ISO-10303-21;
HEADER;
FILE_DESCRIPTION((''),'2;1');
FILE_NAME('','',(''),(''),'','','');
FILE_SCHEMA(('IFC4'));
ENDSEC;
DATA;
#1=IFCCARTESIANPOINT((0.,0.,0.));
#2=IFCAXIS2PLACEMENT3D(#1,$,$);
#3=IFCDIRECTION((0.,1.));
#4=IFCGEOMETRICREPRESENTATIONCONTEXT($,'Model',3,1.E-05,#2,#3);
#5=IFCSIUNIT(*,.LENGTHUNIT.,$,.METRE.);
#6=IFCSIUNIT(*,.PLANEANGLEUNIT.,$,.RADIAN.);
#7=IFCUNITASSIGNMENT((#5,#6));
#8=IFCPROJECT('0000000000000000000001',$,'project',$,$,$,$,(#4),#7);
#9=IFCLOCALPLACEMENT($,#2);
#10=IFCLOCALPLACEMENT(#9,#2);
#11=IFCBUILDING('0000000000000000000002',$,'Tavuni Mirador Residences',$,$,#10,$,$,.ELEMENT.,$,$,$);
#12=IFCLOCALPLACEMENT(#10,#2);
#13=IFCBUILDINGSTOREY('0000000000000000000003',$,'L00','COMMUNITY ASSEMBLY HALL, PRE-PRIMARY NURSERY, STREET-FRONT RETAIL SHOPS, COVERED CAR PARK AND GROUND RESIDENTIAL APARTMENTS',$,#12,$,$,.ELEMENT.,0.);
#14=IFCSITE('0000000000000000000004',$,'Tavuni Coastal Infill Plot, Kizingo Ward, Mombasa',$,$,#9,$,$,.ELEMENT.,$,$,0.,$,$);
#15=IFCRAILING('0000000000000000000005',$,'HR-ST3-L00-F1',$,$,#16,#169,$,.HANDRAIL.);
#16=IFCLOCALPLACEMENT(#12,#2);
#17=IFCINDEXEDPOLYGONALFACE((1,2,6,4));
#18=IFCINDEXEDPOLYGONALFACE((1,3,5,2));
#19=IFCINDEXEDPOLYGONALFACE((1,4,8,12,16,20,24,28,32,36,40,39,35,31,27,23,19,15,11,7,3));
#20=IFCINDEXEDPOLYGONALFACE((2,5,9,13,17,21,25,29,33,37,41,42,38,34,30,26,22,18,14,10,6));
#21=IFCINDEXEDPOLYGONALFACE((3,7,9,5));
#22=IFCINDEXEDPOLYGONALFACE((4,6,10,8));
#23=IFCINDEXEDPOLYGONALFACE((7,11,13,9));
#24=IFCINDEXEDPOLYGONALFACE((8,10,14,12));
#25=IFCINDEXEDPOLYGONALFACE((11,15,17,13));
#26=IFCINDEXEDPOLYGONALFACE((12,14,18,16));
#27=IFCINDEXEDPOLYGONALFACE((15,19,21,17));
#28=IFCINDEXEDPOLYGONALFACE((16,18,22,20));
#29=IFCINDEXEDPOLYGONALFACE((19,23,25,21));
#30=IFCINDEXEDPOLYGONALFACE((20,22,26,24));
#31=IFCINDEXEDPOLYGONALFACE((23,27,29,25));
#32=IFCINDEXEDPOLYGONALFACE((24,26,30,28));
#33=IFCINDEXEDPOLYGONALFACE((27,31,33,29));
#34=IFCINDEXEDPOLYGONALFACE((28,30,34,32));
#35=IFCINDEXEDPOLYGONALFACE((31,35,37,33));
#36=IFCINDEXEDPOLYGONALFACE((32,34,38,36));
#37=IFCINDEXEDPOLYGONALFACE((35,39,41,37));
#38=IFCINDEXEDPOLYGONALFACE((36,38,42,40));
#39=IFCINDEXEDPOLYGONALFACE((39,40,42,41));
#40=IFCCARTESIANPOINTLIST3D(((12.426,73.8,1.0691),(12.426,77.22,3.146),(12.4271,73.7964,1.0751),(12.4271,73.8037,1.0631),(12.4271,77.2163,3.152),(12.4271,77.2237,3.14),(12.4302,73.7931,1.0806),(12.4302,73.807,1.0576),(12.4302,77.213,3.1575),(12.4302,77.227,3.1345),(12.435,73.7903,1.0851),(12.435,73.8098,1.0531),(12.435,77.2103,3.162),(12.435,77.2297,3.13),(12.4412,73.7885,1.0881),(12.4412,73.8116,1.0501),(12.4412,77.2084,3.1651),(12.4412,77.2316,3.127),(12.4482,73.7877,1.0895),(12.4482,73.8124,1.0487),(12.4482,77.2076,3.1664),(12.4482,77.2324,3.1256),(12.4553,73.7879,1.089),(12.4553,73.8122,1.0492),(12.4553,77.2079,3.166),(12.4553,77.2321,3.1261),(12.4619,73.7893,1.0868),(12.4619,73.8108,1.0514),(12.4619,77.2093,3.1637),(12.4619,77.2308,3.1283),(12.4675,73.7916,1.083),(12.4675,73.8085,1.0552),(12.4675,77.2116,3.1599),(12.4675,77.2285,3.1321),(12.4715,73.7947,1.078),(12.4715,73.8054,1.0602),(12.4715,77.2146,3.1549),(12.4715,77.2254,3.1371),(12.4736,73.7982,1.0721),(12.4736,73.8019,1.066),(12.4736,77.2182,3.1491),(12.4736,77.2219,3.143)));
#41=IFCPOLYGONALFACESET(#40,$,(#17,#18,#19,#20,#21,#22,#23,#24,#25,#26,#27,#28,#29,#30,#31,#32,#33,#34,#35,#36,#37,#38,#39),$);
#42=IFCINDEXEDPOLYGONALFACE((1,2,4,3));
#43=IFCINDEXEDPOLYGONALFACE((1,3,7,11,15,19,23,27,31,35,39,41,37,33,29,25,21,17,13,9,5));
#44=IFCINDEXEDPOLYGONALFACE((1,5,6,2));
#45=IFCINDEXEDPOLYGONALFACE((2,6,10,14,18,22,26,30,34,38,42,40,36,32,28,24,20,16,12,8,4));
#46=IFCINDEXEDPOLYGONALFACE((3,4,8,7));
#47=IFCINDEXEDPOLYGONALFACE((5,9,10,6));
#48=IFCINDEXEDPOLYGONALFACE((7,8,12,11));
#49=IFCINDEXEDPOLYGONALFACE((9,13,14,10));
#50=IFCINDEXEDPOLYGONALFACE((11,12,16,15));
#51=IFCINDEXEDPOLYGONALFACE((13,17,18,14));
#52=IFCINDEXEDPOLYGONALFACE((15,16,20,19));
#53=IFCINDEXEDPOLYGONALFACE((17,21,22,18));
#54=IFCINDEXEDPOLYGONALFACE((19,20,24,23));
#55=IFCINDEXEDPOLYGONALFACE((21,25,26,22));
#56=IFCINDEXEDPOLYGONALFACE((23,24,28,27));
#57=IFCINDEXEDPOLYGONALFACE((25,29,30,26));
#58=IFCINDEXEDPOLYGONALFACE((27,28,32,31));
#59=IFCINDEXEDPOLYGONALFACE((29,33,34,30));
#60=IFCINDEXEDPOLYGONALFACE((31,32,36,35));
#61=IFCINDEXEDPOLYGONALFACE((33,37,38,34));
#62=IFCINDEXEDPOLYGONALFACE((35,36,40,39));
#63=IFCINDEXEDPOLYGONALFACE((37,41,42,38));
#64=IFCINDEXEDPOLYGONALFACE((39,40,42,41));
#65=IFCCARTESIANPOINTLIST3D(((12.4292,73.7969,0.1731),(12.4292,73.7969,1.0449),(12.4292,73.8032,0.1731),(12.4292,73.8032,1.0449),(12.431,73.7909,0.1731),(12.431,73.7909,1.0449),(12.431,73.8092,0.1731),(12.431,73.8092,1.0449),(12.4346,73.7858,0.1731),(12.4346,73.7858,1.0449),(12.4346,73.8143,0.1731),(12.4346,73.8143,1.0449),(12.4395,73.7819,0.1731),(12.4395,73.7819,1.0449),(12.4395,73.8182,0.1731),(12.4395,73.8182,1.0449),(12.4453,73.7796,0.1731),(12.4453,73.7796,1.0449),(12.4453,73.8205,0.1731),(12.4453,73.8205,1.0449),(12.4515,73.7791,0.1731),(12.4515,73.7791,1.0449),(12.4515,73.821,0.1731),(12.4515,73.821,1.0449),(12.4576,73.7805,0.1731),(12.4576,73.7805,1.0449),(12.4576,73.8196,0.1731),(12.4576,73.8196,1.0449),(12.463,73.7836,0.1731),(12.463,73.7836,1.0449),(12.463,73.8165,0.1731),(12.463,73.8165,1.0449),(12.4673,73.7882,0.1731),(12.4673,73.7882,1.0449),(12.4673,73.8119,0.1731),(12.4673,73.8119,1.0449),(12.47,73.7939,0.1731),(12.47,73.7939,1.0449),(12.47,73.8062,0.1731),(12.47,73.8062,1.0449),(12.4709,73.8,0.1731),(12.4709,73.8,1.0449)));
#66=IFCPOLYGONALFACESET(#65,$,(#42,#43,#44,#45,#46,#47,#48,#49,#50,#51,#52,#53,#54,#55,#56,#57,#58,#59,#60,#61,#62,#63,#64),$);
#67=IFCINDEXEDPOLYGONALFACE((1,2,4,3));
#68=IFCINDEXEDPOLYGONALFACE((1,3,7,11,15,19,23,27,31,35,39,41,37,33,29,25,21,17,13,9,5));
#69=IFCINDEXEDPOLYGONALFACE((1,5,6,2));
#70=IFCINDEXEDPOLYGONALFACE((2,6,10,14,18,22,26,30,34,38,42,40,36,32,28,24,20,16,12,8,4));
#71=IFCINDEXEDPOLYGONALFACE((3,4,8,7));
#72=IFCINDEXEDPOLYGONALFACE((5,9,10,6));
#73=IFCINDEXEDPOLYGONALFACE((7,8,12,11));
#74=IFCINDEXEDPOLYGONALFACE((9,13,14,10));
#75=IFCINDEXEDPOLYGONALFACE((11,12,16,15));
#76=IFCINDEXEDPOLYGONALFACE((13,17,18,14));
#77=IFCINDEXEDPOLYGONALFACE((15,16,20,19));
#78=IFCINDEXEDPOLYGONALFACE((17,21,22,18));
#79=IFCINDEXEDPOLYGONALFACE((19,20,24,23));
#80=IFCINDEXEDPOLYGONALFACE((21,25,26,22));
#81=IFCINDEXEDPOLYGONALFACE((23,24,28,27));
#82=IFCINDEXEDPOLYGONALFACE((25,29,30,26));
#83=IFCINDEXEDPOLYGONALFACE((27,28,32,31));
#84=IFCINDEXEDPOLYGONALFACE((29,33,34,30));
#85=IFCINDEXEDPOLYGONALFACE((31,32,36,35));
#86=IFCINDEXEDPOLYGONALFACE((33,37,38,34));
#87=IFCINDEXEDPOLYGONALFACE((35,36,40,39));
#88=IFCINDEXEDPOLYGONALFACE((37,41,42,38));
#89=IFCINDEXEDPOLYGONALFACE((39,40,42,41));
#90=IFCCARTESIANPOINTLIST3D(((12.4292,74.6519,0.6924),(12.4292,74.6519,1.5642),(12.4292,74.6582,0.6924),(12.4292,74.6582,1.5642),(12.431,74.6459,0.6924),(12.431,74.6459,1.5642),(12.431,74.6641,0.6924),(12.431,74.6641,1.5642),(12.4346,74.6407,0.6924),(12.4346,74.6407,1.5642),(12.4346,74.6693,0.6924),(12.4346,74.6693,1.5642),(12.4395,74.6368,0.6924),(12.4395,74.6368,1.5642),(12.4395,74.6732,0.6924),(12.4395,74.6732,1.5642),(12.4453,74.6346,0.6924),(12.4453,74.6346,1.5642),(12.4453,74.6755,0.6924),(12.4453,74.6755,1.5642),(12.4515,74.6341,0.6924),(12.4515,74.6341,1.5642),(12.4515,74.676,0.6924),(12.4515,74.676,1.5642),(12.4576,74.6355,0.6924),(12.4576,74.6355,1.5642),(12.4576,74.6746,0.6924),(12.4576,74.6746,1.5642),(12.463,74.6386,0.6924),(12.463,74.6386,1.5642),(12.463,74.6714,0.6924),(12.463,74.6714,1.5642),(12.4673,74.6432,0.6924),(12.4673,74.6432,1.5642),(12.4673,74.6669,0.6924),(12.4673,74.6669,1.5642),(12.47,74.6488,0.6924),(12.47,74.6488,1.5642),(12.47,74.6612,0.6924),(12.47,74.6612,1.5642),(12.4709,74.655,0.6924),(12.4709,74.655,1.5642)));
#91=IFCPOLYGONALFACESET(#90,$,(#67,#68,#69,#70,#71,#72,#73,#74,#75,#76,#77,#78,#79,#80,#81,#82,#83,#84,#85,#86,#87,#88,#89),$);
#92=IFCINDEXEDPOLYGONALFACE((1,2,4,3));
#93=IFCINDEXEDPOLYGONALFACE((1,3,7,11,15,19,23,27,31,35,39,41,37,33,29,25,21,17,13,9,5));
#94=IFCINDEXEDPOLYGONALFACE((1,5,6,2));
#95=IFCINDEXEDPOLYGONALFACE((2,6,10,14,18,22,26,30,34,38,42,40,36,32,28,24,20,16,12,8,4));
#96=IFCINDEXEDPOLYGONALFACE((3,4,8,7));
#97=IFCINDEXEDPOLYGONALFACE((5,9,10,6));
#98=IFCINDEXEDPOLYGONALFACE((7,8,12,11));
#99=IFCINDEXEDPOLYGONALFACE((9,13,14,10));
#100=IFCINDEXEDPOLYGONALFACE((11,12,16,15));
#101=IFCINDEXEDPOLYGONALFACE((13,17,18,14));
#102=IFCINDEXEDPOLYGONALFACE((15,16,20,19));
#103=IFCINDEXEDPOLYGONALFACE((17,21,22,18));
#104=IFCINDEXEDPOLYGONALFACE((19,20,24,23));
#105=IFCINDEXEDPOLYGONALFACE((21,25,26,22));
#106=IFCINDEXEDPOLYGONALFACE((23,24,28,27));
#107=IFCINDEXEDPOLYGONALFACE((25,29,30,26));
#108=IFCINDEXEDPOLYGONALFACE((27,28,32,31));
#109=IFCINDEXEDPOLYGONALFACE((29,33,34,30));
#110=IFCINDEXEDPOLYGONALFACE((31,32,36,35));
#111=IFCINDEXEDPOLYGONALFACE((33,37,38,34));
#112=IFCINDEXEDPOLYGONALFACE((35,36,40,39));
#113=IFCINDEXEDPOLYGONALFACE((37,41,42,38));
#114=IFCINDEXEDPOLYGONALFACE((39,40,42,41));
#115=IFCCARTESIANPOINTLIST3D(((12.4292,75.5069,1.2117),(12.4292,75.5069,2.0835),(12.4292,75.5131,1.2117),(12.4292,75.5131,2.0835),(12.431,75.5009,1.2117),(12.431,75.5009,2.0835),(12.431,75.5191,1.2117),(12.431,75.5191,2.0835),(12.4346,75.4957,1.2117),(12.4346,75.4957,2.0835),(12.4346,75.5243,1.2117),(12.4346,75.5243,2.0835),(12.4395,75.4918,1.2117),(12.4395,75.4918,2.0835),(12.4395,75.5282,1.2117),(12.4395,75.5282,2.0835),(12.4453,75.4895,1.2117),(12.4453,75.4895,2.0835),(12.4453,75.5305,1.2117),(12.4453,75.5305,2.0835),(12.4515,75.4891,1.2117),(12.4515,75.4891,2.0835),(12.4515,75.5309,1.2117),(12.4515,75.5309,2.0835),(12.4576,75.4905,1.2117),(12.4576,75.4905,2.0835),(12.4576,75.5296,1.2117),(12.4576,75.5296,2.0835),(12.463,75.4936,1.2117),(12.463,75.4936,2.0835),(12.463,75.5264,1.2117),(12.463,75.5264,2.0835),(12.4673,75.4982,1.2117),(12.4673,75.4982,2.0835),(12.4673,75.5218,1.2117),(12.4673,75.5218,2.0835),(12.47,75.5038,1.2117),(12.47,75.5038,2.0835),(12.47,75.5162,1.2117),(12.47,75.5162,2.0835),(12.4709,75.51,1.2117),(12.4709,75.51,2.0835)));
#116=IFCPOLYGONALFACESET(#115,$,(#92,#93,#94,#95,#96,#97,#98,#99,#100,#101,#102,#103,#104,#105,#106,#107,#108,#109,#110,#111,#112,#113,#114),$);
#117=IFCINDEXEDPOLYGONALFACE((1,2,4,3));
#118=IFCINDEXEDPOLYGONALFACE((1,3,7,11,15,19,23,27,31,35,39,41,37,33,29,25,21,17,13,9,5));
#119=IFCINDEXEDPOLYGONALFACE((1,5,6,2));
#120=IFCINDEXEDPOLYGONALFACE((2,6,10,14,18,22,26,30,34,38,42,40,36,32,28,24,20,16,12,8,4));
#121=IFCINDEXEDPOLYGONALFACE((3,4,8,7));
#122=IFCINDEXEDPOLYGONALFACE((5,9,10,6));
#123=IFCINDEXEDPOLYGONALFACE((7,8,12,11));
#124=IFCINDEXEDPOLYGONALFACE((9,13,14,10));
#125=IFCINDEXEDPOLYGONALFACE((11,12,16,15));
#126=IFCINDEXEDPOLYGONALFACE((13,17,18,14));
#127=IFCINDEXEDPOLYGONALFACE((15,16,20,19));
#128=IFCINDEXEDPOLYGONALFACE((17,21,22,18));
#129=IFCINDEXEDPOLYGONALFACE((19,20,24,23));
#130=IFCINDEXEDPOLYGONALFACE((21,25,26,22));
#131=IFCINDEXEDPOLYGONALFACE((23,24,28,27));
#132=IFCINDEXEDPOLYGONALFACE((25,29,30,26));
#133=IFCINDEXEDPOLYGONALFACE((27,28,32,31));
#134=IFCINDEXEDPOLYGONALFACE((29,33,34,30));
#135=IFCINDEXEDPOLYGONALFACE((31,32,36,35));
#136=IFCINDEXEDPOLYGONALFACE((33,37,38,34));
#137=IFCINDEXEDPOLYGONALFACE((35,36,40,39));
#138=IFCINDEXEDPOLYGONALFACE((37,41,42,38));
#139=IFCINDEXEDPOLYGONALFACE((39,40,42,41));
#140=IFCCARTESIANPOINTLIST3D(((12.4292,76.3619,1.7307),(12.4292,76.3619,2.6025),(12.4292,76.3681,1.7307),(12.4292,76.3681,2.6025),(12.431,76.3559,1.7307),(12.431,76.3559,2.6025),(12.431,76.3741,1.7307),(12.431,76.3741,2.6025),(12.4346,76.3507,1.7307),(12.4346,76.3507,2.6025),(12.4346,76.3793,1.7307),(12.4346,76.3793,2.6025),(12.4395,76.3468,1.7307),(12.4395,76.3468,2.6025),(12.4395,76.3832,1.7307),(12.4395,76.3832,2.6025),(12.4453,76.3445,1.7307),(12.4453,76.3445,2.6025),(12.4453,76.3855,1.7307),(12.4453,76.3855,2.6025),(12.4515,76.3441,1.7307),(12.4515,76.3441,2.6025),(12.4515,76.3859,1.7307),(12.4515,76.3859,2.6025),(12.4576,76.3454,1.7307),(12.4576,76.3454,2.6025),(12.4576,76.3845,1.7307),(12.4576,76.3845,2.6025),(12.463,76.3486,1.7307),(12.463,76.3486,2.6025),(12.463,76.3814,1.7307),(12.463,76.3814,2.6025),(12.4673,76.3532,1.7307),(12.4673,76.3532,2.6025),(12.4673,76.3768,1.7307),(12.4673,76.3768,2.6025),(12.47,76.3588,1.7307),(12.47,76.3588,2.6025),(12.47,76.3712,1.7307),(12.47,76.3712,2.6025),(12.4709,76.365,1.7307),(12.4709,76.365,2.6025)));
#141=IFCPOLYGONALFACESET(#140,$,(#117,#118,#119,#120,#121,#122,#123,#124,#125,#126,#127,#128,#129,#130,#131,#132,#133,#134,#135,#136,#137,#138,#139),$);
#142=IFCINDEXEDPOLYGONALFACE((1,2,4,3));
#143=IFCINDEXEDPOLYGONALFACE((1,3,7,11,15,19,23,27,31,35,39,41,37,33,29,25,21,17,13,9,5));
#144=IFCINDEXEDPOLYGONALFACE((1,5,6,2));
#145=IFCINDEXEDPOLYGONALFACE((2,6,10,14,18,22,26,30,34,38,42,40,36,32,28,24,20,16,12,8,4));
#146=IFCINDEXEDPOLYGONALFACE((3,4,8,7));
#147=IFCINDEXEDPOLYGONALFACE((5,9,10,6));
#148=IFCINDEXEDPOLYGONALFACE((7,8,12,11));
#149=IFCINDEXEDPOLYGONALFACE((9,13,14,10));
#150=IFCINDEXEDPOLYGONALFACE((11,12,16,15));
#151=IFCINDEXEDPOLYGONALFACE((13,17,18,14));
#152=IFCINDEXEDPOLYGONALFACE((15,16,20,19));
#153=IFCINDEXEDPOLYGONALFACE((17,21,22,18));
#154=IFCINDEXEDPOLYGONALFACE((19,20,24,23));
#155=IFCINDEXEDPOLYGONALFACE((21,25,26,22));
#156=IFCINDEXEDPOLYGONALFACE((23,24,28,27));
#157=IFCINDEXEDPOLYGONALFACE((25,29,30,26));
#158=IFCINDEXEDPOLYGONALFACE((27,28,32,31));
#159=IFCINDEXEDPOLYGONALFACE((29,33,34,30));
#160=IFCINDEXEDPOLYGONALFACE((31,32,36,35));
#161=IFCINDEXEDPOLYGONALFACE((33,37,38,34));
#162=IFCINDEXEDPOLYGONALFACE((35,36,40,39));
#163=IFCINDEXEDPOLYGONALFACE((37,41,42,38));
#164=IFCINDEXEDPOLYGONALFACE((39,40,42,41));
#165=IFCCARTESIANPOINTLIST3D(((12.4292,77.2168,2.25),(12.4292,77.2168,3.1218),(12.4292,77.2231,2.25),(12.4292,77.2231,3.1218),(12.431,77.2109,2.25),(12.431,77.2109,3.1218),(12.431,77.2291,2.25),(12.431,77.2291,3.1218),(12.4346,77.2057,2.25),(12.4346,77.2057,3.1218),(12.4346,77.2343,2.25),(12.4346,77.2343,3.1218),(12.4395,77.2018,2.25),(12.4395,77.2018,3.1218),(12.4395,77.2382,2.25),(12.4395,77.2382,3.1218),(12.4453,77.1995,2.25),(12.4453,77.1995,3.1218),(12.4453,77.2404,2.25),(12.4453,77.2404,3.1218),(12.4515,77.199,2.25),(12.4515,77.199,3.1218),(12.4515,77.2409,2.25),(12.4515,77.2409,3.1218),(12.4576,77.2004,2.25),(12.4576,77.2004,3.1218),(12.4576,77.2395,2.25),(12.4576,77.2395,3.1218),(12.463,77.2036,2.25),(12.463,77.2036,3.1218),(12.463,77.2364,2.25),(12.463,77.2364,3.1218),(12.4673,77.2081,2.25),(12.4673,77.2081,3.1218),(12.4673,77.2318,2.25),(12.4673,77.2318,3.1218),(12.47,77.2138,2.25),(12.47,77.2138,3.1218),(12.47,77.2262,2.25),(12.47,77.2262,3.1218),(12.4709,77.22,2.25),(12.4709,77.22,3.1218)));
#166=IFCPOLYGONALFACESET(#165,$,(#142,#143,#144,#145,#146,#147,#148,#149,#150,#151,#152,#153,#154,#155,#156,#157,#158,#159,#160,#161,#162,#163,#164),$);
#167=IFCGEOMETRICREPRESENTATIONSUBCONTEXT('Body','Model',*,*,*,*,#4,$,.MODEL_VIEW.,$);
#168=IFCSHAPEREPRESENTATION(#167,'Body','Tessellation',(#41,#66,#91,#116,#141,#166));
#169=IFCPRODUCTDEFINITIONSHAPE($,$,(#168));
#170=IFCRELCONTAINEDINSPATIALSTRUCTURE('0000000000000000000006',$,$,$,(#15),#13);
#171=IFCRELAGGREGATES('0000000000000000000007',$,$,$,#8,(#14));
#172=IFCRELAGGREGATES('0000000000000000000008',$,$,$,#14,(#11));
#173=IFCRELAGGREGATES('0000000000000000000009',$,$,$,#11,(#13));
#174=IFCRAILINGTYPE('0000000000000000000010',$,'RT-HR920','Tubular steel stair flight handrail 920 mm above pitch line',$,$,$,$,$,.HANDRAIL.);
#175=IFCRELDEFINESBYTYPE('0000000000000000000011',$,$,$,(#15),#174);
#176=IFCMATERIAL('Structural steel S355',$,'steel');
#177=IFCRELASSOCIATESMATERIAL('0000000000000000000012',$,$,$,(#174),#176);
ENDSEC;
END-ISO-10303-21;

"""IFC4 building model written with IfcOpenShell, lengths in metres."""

from ifc_helpers import new_model, si_unit, direction, frame, origin, origin_2d, place, context, subcontext, project, spatial, circle, extrude, material, type_object, element, save


model = new_model("IFC4")

# Units and contexts
model_context = context("Model", 3, precision=1e-05, world=origin(), true_north=direction((0.0, 1.0)))
body_context = subcontext(model_context, "Body", "Model", "MODEL_VIEW")
ifc_project = project(units=[si_unit("LENGTHUNIT", "METRE"), si_unit("PLANEANGLEUNIT", "RADIAN")], contexts=[model_context])

# Site, building, storey
site_placement = place(None, origin())
site = spatial("IfcSite", under=ifc_project, at=site_placement, Name="Tavuni Coastal Infill Plot, Kizingo Ward, Mombasa", CompositionType="ELEMENT", RefElevation=0.0)
building_placement = place(site_placement, origin())
building = spatial("IfcBuilding", under=site, at=building_placement, Name="Tavuni Mirador Residences", CompositionType="ELEMENT")
storey_placement = place(building_placement, origin())
storey = spatial("IfcBuildingStorey", under=building, at=storey_placement, Name="L00", Description="COMMUNITY ASSEMBLY HALL, PRE-PRIMARY NURSERY, STREET-FRONT RETAIL SHOPS, COVERED CAR PARK AND GROUND RESIDENTIAL APARTMENTS", CompositionType="ELEMENT", Elevation=0.0)

# Shared definitions
ifc_material_1 = material(Name="Structural steel S355", Category="steel")

# Railing
railing_type_1 = type_object("IfcRailingType", Name="RT-HR920", Description="Tubular steel stair flight handrail 920 mm above pitch line", PredefinedType="HANDRAIL", material=ifc_material_1)
railing_1_placement = place(storey_placement, frame((12.45, 73.8, 0.1731)))
element("IfcRailing", 1, at=railing_1_placement, inside=storey, type_object=railing_type_1, Name="HR-ST3-L00-F1", PredefinedType="HANDRAIL", context=body_context, shape_type="SweptSolid", body=[
    extrude(circle(Radius=0.0239, at=origin_2d()), frame((0.0, 0.0, 0.896), z_axis=(0.0, 0.85473, 0.519074), x_axis=(-1.0, 0.0, 0.0)), (0.0, 0.0, 1.0), 4.0012),
    extrude(circle(Radius=0.021, at=origin_2d()), origin(), (0.0, 0.0, 1.0), 0.8718),
    extrude(circle(Radius=0.021, at=origin_2d()), frame((0.0, 0.855, 0.5193)), (0.0, 0.0, 1.0), 0.8718),
    extrude(circle(Radius=0.021, at=origin_2d()), frame((0.0, 1.71, 1.0386)), (0.0, 0.0, 1.0), 0.8718),
    extrude(circle(Radius=0.021, at=origin_2d()), frame((0.0, 2.5649, 1.5576)), (0.0, 0.0, 1.0), 0.8718),
    extrude(circle(Radius=0.021, at=origin_2d()), frame((0.0, 3.4199, 2.0769)), (0.0, 0.0, 1.0), 0.8718),
])

save(model, "model.ifc")
